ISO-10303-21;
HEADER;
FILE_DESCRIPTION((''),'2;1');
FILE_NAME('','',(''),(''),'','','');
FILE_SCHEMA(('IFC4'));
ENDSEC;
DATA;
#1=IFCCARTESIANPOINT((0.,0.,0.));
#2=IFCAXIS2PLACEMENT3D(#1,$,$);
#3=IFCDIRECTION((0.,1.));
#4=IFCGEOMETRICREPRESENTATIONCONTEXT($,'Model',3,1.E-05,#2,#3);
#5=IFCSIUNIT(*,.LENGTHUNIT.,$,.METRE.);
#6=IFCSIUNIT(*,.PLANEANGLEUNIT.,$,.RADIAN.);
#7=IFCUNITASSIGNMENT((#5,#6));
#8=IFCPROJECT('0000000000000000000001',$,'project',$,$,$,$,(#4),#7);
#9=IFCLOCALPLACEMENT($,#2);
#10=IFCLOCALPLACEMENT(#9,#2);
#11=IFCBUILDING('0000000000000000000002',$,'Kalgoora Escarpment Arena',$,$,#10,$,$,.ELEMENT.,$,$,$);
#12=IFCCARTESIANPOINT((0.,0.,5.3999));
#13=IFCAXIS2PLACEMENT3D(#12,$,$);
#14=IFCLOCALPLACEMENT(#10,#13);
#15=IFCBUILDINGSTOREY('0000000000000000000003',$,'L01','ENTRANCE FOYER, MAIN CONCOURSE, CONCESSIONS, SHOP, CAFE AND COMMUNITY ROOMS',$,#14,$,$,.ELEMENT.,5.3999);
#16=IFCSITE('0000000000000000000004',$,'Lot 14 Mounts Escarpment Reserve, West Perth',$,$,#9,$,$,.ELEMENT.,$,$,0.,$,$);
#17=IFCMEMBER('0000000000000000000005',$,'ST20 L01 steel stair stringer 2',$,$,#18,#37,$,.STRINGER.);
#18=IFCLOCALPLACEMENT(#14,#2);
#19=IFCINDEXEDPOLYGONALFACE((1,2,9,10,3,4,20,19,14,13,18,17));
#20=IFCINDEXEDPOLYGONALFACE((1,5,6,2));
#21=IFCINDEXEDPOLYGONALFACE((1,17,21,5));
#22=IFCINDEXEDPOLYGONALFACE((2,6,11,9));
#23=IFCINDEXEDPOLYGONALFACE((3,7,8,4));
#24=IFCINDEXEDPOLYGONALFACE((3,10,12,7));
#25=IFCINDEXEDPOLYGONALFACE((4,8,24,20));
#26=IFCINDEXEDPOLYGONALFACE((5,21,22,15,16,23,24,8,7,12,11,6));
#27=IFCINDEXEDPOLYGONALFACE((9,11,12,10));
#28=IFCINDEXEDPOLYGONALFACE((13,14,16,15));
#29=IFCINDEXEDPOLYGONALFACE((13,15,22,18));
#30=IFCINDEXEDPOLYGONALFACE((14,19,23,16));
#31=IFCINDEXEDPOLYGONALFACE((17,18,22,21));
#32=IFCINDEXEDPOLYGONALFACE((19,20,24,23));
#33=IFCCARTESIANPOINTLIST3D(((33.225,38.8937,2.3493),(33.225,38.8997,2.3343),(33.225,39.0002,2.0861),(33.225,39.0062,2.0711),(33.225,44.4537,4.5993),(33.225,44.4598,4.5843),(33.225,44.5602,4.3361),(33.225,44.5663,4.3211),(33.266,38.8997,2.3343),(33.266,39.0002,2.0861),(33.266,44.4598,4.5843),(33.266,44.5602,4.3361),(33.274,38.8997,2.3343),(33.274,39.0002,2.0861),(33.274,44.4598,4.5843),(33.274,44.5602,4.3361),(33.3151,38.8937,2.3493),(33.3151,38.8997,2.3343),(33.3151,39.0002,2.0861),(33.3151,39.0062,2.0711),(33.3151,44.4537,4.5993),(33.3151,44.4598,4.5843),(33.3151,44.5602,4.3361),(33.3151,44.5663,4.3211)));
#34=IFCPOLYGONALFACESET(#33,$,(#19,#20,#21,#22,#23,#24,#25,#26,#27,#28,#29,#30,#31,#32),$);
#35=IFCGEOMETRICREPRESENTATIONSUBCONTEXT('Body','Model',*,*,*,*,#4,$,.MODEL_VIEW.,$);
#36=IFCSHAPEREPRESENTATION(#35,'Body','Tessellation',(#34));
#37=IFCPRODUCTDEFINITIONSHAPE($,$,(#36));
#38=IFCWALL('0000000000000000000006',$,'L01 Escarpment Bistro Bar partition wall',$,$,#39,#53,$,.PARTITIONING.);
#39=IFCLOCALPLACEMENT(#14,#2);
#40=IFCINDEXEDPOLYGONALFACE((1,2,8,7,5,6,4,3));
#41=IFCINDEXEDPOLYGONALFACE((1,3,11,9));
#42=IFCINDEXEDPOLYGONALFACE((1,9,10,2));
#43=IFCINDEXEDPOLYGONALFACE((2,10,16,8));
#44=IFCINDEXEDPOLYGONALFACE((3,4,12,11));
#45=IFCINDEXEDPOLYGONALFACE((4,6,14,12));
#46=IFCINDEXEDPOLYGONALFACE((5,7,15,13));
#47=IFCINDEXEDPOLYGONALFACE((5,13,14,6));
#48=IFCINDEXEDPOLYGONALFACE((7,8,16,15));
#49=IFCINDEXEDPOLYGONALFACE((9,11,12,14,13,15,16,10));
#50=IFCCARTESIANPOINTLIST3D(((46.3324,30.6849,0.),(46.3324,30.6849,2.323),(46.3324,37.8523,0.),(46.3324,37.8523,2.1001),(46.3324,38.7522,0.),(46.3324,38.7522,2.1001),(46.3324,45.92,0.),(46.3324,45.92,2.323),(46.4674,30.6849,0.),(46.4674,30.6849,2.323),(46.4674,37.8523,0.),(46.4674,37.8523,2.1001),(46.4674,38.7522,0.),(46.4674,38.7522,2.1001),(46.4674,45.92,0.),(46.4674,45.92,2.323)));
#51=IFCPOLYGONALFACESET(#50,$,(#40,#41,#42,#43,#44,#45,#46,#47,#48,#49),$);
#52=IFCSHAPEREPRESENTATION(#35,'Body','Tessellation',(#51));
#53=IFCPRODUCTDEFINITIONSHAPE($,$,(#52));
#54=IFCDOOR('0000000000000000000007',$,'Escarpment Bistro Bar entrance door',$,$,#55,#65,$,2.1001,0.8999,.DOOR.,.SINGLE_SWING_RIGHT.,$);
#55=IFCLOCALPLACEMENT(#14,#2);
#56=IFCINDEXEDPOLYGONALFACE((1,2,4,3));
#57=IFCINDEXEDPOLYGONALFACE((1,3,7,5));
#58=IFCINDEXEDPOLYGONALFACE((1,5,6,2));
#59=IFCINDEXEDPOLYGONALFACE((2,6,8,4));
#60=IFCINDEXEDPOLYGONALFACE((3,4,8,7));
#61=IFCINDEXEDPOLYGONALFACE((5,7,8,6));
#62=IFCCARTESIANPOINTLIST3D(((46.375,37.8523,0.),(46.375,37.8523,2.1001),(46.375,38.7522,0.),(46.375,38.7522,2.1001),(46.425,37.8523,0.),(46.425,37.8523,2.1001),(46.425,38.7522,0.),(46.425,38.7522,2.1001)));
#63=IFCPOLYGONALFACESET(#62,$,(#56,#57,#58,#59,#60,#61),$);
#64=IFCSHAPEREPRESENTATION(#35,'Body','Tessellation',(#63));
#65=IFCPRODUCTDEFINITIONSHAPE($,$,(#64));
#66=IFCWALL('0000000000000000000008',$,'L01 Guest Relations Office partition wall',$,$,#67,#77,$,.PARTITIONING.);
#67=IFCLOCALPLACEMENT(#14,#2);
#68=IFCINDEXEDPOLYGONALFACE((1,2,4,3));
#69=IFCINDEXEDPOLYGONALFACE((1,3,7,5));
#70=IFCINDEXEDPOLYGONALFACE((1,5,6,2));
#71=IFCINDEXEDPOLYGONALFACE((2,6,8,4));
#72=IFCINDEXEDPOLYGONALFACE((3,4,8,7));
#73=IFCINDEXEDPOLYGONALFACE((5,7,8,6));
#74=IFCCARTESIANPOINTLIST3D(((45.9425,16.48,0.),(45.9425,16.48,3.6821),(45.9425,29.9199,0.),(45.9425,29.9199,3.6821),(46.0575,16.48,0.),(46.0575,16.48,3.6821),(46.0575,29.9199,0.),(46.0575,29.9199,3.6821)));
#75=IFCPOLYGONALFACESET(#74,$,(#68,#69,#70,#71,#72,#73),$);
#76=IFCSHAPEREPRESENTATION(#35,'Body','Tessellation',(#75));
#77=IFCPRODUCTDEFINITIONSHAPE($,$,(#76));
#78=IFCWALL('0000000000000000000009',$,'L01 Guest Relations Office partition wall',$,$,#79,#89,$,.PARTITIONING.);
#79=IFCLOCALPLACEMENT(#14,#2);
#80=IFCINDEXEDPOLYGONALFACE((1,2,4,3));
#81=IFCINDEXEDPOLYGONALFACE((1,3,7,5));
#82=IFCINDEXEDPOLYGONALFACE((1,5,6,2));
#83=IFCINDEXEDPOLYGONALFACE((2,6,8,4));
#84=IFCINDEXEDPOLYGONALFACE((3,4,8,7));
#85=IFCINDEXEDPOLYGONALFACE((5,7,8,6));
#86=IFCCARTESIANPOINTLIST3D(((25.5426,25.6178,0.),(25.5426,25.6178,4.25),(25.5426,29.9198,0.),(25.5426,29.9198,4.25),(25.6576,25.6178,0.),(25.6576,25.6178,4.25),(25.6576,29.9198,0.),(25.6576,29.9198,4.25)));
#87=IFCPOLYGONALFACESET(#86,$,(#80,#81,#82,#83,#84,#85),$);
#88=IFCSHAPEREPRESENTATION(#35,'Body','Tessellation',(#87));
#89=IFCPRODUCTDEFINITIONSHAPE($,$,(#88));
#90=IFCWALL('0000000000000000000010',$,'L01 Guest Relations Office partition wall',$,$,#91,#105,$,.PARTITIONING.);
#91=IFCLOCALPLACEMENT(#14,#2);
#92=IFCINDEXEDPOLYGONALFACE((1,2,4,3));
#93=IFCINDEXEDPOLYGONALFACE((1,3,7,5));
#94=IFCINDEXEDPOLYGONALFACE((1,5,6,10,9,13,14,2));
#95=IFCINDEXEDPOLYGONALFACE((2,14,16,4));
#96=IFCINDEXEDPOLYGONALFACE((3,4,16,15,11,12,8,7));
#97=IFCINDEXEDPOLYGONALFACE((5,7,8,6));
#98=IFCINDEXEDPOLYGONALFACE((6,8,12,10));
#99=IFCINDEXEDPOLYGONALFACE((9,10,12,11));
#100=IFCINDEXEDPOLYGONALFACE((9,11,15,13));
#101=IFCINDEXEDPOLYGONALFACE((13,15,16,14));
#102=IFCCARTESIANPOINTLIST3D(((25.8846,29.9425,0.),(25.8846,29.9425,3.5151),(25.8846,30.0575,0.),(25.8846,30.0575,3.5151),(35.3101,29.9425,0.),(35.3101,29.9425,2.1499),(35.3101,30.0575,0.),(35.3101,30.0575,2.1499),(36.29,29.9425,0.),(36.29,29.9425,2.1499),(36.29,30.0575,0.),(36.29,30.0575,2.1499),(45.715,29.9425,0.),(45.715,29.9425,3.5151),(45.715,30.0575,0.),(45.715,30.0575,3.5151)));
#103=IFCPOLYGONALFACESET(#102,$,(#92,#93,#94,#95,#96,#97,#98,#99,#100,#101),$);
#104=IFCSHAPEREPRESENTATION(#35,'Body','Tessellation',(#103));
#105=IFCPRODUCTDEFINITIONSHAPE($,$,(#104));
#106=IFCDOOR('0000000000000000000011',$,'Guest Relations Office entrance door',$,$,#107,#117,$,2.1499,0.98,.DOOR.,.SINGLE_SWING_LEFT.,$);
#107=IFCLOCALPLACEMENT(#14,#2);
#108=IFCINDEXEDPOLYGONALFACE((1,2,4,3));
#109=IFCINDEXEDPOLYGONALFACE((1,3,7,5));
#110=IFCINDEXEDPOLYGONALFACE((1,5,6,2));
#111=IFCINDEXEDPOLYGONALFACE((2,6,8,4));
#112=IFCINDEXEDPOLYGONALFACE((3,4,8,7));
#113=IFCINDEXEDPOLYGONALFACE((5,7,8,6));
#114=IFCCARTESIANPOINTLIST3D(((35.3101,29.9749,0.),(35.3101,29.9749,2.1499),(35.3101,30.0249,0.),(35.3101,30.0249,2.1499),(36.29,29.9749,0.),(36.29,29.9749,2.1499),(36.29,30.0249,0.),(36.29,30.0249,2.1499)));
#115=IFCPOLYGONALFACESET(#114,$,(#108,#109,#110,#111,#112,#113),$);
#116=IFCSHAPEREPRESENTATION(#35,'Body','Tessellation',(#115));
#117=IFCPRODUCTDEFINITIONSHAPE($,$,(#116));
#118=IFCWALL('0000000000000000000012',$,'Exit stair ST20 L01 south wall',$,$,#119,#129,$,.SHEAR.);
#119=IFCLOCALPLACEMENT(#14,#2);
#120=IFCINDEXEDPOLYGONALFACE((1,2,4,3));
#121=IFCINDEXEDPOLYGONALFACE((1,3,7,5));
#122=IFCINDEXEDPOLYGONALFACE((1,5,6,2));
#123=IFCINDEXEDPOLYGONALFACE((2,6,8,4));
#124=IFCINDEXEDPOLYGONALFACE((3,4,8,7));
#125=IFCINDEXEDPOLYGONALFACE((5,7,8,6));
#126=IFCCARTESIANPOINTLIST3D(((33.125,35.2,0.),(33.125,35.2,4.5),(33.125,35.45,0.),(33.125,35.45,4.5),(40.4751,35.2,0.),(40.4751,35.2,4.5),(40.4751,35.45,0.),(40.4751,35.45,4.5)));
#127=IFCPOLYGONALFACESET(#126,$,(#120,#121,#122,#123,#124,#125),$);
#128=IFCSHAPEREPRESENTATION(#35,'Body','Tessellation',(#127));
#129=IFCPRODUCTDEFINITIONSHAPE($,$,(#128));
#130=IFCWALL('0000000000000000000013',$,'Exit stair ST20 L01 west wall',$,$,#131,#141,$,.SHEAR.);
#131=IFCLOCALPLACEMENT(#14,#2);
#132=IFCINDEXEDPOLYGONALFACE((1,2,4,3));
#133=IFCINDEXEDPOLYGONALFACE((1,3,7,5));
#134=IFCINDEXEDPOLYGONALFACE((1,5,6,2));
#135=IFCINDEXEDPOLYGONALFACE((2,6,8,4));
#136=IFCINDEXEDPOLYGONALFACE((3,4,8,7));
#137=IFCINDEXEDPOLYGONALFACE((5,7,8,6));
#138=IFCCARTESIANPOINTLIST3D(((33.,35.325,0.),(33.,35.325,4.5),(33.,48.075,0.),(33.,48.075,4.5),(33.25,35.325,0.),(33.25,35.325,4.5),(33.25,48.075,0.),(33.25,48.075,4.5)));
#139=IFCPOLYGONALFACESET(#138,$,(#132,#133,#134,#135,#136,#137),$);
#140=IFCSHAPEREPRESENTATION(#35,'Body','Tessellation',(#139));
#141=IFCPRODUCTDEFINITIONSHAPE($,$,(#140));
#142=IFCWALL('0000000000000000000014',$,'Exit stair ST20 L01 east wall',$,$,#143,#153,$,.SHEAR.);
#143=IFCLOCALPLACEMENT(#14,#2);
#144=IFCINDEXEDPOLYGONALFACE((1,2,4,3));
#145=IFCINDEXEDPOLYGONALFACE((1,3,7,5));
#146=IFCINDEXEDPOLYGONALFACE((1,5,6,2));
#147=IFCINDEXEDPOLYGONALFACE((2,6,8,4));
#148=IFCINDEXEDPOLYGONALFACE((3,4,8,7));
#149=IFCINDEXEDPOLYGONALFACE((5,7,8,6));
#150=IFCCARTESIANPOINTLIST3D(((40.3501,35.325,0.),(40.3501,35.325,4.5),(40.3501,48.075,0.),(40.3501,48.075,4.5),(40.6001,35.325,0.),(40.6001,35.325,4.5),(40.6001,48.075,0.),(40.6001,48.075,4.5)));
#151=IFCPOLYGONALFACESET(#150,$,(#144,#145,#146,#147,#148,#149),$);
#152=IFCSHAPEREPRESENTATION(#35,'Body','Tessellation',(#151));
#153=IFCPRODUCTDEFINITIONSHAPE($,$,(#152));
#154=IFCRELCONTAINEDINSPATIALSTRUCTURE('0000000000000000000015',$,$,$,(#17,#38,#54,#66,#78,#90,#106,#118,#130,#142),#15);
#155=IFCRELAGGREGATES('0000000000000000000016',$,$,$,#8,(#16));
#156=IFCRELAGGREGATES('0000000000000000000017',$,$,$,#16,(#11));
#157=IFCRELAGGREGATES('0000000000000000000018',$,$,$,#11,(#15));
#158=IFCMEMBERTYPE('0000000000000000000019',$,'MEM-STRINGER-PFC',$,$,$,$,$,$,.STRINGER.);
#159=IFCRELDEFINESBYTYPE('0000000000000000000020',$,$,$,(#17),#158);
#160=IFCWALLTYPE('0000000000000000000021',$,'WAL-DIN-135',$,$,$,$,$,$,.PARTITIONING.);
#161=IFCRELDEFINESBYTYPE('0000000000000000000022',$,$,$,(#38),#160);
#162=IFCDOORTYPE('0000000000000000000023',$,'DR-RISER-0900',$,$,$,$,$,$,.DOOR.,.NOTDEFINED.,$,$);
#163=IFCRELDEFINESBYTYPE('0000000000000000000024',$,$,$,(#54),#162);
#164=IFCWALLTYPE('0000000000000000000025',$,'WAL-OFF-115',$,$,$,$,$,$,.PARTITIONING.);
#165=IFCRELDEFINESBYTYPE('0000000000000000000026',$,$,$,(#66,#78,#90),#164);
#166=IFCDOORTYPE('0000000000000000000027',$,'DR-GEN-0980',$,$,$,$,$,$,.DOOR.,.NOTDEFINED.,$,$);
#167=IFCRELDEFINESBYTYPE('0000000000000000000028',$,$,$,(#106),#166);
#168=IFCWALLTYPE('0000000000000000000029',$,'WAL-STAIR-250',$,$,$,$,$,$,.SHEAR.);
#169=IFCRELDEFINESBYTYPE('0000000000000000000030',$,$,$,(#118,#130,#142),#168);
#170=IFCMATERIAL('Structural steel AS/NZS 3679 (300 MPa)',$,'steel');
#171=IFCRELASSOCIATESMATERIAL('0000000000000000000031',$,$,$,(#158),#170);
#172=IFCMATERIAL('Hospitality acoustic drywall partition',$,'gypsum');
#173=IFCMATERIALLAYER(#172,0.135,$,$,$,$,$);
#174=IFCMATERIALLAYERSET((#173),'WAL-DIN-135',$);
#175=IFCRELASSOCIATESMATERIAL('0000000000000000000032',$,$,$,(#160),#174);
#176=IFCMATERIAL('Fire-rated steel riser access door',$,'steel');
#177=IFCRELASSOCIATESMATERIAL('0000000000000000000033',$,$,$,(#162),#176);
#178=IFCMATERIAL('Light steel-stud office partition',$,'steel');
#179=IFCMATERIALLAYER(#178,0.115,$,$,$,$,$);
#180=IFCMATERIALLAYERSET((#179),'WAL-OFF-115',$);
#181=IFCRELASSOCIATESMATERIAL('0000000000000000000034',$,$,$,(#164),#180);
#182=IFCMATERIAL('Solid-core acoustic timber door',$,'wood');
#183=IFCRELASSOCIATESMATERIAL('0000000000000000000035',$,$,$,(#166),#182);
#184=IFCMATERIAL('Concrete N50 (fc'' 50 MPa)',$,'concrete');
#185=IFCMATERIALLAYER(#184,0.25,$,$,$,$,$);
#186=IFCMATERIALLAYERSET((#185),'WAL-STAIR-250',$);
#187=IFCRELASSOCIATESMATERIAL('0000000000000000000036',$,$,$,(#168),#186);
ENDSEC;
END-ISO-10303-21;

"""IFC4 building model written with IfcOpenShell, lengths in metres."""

from ifc_helpers import new_model, si_unit, direction, frame, frame_2d, origin, origin_2d, place, context, subcontext, project, spatial, rectangle, i_section, extrude, material, layer, layer_set, material_profile, profile_set, type_object, element, fill, save


model = new_model("IFC4")

# Units and contexts
model_context = context("Model", 3, precision=1e-05, world=origin(), true_north=direction((0.0, 1.0)))
body_context = subcontext(model_context, "Body", "Model", "MODEL_VIEW")
ifc_project = project(units=[si_unit("LENGTHUNIT", "METRE"), si_unit("PLANEANGLEUNIT", "RADIAN")], contexts=[model_context])

# Site, building, storey
site_placement = place(None, origin())
site = spatial("IfcSite", under=ifc_project, at=site_placement, Name="Lot 14 Mounts Escarpment Reserve, West Perth", CompositionType="ELEMENT", RefElevation=0.0)
building_placement = place(site_placement, origin())
building = spatial("IfcBuilding", under=site, at=building_placement, Name="Kalgoora Escarpment Arena", CompositionType="ELEMENT")
storey_placement = place(building_placement, frame((0.0, 0.0, 5.3999)))
storey = spatial("IfcBuildingStorey", under=building, at=storey_placement, Name="L01", Description="ENTRANCE FOYER, MAIN CONCOURSE, CONCESSIONS, SHOP, CAFE AND COMMUNITY ROOMS", CompositionType="ELEMENT", Elevation=5.3999)

# Member
ifc_material_1 = material(Name="Structural steel AS/NZS 3679 (300 MPa)", Category="steel")
ifc_material_profile_1 = material_profile(ifc_material_1, i_section(OverallWidth=0.0901, OverallDepth=0.3, WebThickness=0.0081, FlangeThickness=0.0161, at=origin_2d()))
ifc_profile_set_1 = profile_set([ifc_material_profile_1], Name="Structural steel AS/NZS 3679 (300 MPa)")
member_type = type_object("IfcMemberType", Name="MEM-STRINGER-PFC", PredefinedType="STRINGER", material=ifc_profile_set_1)
member_placement = place(storey_placement, frame((33.27, 38.95, 2.2102), z_axis=(0.0, 0.926976, 0.375121), x_axis=(-1.0, 0.0, 0.0)))
element("IfcMember", 1, at=member_placement, inside=storey, type_object=member_type, Name="ST20 L01 steel stair stringer 2", PredefinedType="STRINGER", context=body_context, shape_type="SweptSolid", body=[
    extrude(i_section(OverallWidth=0.0901, OverallDepth=0.3, WebThickness=0.0081, FlangeThickness=0.0161, at=origin_2d()), origin(), (0.0, 0.0, 1.0), 5.998),
])

# Wall, opening, door
ifc_material_2 = material(Name="Hospitality acoustic drywall partition", Category="gypsum")
ifc_layer_1 = layer(ifc_material_2, 0.135)
ifc_layer_set_1 = layer_set([ifc_layer_1], Name="WAL-DIN-135")
wall_type_1 = type_object("IfcWallType", Name="WAL-DIN-135", PredefinedType="PARTITIONING", material=ifc_layer_set_1)
wall_1_placement = place(storey_placement, frame((46.3999, 30.6848, 0.0), z_axis=(0.0, 0.0, 1.0), x_axis=(0.0, 1.0, 0.0)))
wall_1 = element("IfcWall", 2, at=wall_1_placement, inside=storey, type_object=wall_type_1, Name="L01 Escarpment Bistro Bar partition wall", PredefinedType="PARTITIONING", context=body_context, shape_type="SweptSolid", body=[
    extrude(rectangle(XDim=15.2351, YDim=0.135, at=frame_2d((7.6177, 0.0))), origin(), (0.0, 0.0, 1.0), 2.323),
])
opening_1_placement = place(wall_1_placement, frame((7.1675, 0.0, 0.0)))
opening_1 = element("IfcOpeningElement", 3, at=opening_1_placement, cuts=wall_1, PredefinedType="OPENING", context=body_context, shape_type="SweptSolid", body=[
    extrude(rectangle(XDim=0.8999, YDim=2.1001, at=frame_2d((0.45, 1.05))), frame((0.0, 0.0774, 0.0), z_axis=(0.0, -1.0, 0.0), x_axis=(1.0, 0.0, 0.0)), (0.0, 0.0, 1.0), 0.155),
])
ifc_material_3 = material(Name="Fire-rated steel riser access door", Category="steel")
door_type_1 = type_object("IfcDoorType", Name="DR-RISER-0900", OperationType="NOTDEFINED", PredefinedType="DOOR", material=ifc_material_3)
door_1_placement = place(opening_1_placement, origin())
door_1 = element("IfcDoor", 4, at=door_1_placement, inside=storey, type_object=door_type_1, Name="Escarpment Bistro Bar entrance door", OperationType="SINGLE_SWING_RIGHT", OverallHeight=2.1001, OverallWidth=0.8999, PredefinedType="DOOR", context=body_context, shape_type="SweptSolid", body=[
    extrude(rectangle(XDim=0.8999, YDim=2.1001, at=frame_2d((0.45, 1.05))), frame((0.0, 0.0249, 0.0), z_axis=(0.0, -1.0, 0.0), x_axis=(1.0, 0.0, 0.0)), (0.0, 0.0, 1.0), 0.05),
])
fill(opening_1, door_1)

# Walls
ifc_material_4 = material(Name="Light steel-stud office partition", Category="steel")
ifc_layer_2 = layer(ifc_material_4, 0.115)
ifc_layer_set_2 = layer_set([ifc_layer_2], Name="WAL-OFF-115")
wall_type_2 = type_object("IfcWallType", Name="WAL-OFF-115", PredefinedType="PARTITIONING", material=ifc_layer_set_2)
wall_2_placement = place(storey_placement, frame((46.0, 29.9199, 0.0), z_axis=(0.0, 0.0, 1.0), x_axis=(0.0, -1.0, 0.0)))
element("IfcWall", 5, at=wall_2_placement, inside=storey, type_object=wall_type_2, Name="L01 Guest Relations Office partition wall", PredefinedType="PARTITIONING", context=body_context, shape_type="SweptSolid", body=[
    extrude(rectangle(XDim=13.4399, YDim=0.115, at=frame_2d((6.72, 0.0))), origin(), (0.0, 0.0, 1.0), 3.6821),
])
wall_3_placement = place(storey_placement, frame((25.6001, 25.6179, 0.0), z_axis=(0.0, 0.0, 1.0), x_axis=(0.0, 1.0, 0.0)))
element("IfcWall", 6, at=wall_3_placement, inside=storey, type_object=wall_type_2, Name="L01 Guest Relations Office partition wall", PredefinedType="PARTITIONING", context=body_context, shape_type="SweptSolid", body=[
    extrude(rectangle(XDim=4.302, YDim=0.115, at=frame_2d((2.1509, 0.0))), origin(), (0.0, 0.0, 1.0), 4.25),
])

# Wall, opening, door
wall_4_placement = place(storey_placement, frame((25.8848, 30.0, 0.0), z_axis=(0.0, 0.0, 1.0), x_axis=(1.0, 0.0, 0.0)))
wall_4 = element("IfcWall", 7, at=wall_4_placement, inside=storey, type_object=wall_type_2, Name="L01 Guest Relations Office partition wall", PredefinedType="PARTITIONING", context=body_context, shape_type="SweptSolid", body=[
    extrude(rectangle(XDim=19.8303, YDim=0.115, at=frame_2d((9.915, 0.0))), origin(), (0.0, 0.0, 1.0), 3.5151),
])
opening_2_placement = place(wall_4_placement, frame((9.4253, 0.0, 0.0)))
opening_2 = element("IfcOpeningElement", 8, at=opening_2_placement, cuts=wall_4, PredefinedType="OPENING", context=body_context, shape_type="SweptSolid", body=[
    extrude(rectangle(XDim=0.98, YDim=2.1499, at=frame_2d((0.49, 1.075))), frame((0.0, 0.0674, 0.0), z_axis=(0.0, -1.0, 0.0), x_axis=(1.0, 0.0, 0.0)), (0.0, 0.0, 1.0), 0.135),
])
ifc_material_5 = material(Name="Solid-core acoustic timber door", Category="wood")
door_type_2 = type_object("IfcDoorType", Name="DR-GEN-0980", OperationType="NOTDEFINED", PredefinedType="DOOR", material=ifc_material_5)
door_2_placement = place(opening_2_placement, origin())
door_2 = element("IfcDoor", 9, at=door_2_placement, inside=storey, type_object=door_type_2, Name="Guest Relations Office entrance door", OperationType="SINGLE_SWING_LEFT", OverallHeight=2.1499, OverallWidth=0.98, PredefinedType="DOOR", context=body_context, shape_type="SweptSolid", body=[
    extrude(rectangle(XDim=0.98, YDim=2.1499, at=frame_2d((0.49, 1.075))), frame((0.0, 0.0249, 0.0), z_axis=(0.0, -1.0, 0.0), x_axis=(1.0, 0.0, 0.0)), (0.0, 0.0, 1.0), 0.05),
])
fill(opening_2, door_2)

# Walls
ifc_material_6 = material(Name="Concrete N50 (fc' 50 MPa)", Category="concrete")
ifc_layer_3 = layer(ifc_material_6, 0.25)
ifc_layer_set_3 = layer_set([ifc_layer_3], Name="WAL-STAIR-250")
wall_type_3 = type_object("IfcWallType", Name="WAL-STAIR-250", PredefinedType="SHEAR", material=ifc_layer_set_3)
wall_5_placement = place(storey_placement, frame((33.125, 35.325, 0.0), z_axis=(0.0, 0.0, 1.0), x_axis=(1.0, 0.0, 0.0)))
element("IfcWall", 10, at=wall_5_placement, inside=storey, type_object=wall_type_3, Name="Exit stair ST20 L01 south wall", PredefinedType="SHEAR", context=body_context, shape_type="SweptSolid", body=[
    extrude(rectangle(XDim=7.3501, YDim=0.25, at=frame_2d((3.675, 0.0))), origin(), (0.0, 0.0, 1.0), 4.5),
])
for number, where, z_axis, x_axis, name in (
    (11, (33.125, 35.325, 0.0), (0.0, 0.0, 1.0), (0.0, 1.0, 0.0), "Exit stair ST20 L01 west wall"),
    (12, (40.4751, 35.325, 0.0), (0.0, 0.0, 1.0), (0.0, 1.0, 0.0), "Exit stair ST20 L01 east wall"),
):
    element("IfcWall", number, at=place(storey_placement, frame(where, z_axis=z_axis, x_axis=x_axis)), inside=storey, type_object=wall_type_3, Name=name, PredefinedType="SHEAR", context=body_context, shape_type="SweptSolid", body=[
        extrude(rectangle(XDim=12.75, YDim=0.25, at=frame_2d((6.375, 0.0))), origin(), (0.0, 0.0, 1.0), 4.5),
    ])

save(model, "model.ifc")
